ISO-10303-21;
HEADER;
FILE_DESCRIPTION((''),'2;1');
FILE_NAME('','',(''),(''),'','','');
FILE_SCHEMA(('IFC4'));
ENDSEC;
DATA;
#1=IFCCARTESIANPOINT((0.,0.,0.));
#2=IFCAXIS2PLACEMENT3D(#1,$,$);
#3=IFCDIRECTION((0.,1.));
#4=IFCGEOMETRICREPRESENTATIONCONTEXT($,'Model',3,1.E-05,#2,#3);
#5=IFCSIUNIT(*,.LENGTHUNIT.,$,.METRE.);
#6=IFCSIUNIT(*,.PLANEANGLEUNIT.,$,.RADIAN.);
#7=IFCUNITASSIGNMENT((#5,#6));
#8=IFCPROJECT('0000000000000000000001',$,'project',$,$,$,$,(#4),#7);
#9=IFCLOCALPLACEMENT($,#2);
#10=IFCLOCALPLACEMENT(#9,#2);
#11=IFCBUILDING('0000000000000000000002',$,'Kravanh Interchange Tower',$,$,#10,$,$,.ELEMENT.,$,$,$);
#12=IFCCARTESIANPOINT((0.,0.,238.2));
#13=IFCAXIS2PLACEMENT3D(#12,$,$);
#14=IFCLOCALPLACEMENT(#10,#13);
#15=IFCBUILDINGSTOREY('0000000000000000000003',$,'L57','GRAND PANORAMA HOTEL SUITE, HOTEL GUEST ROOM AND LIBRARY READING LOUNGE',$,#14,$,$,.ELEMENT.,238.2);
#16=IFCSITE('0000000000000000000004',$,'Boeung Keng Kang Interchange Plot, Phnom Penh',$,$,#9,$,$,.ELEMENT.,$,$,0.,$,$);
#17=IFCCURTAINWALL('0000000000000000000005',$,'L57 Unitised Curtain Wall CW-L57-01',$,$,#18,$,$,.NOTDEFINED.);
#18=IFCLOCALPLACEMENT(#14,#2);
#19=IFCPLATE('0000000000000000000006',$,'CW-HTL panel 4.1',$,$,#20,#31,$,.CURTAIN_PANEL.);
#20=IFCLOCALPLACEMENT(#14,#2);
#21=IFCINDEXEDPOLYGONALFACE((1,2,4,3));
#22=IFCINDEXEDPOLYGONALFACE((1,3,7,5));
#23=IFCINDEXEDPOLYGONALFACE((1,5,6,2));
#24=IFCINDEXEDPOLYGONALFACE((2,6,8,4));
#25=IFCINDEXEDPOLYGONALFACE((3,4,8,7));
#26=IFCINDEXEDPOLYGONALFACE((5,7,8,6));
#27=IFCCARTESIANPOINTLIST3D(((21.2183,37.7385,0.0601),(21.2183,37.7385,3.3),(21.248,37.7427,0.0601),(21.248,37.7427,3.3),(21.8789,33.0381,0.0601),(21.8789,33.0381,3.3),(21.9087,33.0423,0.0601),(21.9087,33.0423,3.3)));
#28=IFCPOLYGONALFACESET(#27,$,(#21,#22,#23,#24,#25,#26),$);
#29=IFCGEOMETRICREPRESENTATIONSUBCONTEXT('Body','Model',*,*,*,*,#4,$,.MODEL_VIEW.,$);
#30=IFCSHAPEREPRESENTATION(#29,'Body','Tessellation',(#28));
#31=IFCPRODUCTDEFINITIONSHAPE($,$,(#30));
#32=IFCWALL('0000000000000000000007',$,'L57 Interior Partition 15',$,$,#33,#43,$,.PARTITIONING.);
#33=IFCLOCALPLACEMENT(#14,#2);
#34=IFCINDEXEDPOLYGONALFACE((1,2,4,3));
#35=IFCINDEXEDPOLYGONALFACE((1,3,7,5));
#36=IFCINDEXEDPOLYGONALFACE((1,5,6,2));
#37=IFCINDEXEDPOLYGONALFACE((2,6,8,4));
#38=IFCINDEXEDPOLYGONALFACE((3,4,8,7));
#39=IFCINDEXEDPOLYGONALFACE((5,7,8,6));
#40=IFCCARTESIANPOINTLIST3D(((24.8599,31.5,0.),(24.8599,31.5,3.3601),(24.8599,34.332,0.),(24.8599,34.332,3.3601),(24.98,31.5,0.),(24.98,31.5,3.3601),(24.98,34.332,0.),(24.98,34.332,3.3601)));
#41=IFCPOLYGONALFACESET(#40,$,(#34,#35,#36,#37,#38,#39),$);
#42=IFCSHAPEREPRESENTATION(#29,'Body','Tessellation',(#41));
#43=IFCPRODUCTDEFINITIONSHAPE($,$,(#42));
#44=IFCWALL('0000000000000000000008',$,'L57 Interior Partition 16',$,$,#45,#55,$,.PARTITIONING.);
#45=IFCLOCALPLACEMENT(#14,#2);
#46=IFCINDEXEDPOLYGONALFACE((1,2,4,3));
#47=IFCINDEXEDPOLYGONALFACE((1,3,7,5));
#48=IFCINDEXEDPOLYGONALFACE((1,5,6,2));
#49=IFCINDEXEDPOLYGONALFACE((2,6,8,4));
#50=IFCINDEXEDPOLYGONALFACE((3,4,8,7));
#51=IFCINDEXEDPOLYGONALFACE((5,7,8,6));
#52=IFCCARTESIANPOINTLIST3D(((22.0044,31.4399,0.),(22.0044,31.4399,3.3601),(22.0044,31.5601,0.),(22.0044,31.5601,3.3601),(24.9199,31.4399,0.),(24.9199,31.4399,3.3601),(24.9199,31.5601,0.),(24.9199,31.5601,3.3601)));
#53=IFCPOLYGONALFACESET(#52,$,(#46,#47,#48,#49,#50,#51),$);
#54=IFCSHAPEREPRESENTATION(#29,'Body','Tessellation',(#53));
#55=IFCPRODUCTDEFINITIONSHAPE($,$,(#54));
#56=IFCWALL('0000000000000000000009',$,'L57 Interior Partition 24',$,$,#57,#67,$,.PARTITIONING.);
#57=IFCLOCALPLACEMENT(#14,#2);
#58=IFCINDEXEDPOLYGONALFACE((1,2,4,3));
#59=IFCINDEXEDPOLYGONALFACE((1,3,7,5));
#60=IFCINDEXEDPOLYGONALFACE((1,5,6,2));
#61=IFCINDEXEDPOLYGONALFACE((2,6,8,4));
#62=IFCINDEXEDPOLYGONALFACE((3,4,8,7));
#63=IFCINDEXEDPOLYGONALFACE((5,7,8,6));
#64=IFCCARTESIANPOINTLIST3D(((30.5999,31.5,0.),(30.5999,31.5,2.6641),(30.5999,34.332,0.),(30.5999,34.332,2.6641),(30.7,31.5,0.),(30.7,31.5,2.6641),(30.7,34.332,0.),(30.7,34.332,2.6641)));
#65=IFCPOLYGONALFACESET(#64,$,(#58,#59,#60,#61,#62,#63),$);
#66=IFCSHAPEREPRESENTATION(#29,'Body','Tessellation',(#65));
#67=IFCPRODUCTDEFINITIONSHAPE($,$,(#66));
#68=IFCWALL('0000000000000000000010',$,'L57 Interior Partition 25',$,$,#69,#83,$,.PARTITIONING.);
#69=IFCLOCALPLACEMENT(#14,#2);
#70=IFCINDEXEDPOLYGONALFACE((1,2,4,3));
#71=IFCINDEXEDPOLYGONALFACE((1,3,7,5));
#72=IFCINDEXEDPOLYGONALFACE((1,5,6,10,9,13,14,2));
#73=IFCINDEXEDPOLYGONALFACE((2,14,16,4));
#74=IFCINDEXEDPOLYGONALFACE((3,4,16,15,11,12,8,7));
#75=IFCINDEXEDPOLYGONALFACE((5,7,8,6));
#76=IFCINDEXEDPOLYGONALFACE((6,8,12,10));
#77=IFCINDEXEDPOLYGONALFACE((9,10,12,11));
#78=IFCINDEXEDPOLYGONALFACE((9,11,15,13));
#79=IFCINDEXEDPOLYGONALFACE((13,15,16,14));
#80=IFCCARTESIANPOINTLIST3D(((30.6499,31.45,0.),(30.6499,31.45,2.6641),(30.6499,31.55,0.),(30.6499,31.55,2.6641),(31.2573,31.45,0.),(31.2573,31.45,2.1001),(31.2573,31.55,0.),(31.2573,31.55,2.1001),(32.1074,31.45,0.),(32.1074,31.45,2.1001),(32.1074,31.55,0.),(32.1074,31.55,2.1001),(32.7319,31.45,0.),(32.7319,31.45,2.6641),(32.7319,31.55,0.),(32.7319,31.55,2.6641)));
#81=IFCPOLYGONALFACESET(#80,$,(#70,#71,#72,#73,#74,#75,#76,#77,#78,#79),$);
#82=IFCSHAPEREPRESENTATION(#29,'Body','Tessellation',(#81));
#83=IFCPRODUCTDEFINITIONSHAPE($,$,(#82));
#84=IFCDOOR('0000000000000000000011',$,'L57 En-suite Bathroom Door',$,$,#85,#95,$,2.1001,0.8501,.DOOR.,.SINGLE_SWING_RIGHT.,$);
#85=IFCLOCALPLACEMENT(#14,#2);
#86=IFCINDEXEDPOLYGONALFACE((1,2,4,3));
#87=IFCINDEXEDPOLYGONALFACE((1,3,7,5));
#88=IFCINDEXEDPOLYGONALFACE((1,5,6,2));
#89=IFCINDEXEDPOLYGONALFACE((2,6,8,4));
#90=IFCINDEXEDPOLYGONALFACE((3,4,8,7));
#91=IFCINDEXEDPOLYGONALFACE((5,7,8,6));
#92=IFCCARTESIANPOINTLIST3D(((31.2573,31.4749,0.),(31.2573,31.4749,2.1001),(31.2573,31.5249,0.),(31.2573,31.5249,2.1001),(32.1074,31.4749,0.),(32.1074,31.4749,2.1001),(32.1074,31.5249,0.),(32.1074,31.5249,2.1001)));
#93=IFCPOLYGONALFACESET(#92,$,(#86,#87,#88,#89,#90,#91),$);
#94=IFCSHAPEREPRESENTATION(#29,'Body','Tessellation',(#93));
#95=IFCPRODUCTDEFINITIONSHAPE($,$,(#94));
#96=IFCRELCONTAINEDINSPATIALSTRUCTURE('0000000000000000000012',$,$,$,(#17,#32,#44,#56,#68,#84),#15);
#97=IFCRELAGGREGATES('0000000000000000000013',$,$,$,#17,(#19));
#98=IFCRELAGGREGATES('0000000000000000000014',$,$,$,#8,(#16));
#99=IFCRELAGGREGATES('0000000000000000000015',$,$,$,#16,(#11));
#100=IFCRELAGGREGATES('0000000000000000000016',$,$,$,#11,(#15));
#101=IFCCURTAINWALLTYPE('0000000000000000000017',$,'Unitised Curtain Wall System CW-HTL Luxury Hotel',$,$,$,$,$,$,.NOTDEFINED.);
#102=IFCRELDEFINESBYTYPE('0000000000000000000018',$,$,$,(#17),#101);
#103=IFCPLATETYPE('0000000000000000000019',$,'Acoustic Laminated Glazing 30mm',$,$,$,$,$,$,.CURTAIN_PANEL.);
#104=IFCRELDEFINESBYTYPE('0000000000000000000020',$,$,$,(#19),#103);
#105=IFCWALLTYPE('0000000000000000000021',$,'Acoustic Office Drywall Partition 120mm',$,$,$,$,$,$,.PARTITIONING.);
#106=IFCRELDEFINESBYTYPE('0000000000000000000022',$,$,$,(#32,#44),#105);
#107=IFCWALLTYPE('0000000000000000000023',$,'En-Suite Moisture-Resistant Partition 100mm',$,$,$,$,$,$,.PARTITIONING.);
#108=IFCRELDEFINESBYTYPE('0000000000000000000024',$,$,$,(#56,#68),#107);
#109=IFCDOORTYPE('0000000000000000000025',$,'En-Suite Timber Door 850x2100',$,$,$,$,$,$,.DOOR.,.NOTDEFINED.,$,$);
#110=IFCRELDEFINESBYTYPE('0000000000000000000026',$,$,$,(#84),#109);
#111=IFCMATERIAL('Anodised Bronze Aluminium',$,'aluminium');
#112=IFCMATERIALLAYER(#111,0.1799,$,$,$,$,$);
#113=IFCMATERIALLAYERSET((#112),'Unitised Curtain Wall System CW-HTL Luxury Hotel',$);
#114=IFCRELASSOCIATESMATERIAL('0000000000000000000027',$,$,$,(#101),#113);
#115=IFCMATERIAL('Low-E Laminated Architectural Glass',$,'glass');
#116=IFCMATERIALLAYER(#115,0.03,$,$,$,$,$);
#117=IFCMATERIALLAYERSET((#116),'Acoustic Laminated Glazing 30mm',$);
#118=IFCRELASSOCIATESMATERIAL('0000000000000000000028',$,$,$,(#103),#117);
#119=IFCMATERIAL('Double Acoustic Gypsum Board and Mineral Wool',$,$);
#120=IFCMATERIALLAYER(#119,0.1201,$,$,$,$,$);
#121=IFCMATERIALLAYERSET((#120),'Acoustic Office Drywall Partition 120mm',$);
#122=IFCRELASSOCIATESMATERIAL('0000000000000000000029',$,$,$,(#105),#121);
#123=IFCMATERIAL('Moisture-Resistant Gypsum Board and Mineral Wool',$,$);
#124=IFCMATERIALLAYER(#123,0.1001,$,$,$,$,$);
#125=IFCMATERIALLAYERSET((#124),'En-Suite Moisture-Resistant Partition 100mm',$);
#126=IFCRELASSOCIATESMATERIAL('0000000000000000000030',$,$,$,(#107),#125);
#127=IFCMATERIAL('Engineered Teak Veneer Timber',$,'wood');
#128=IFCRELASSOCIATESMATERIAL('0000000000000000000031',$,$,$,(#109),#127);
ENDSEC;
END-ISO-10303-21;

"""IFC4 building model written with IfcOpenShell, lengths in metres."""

from ifc_helpers import new_model, si_unit, direction, frame, frame_2d, origin, origin_2d, place, context, subcontext, project, spatial, rectangle, extrude, material, layer, layer_set, type_object, element, fill, aggregate, save


model = new_model("IFC4")

# Units and contexts
model_context = context("Model", 3, precision=1e-05, world=origin(), true_north=direction((0.0, 1.0)))
body_context = subcontext(model_context, "Body", "Model", "MODEL_VIEW")
ifc_project = project(units=[si_unit("LENGTHUNIT", "METRE"), si_unit("PLANEANGLEUNIT", "RADIAN")], contexts=[model_context])

# Site, building, storey
site_placement = place(None, origin())
site = spatial("IfcSite", under=ifc_project, at=site_placement, Name="Boeung Keng Kang Interchange Plot, Phnom Penh", CompositionType="ELEMENT", RefElevation=0.0)
building_placement = place(site_placement, origin())
building = spatial("IfcBuilding", under=site, at=building_placement, Name="Kravanh Interchange Tower", CompositionType="ELEMENT")
storey_placement = place(building_placement, frame((0.0, 0.0, 238.2)))
storey = spatial("IfcBuildingStorey", under=building, at=storey_placement, Name="L57", Description="GRAND PANORAMA HOTEL SUITE, HOTEL GUEST ROOM AND LIBRARY READING LOUNGE", CompositionType="ELEMENT", Elevation=238.2)

# Curtain wall
ifc_material_1 = material(Name="Anodised Bronze Aluminium", Category="aluminium")
ifc_layer_1 = layer(ifc_material_1, 0.1799)
ifc_layer_set_1 = layer_set([ifc_layer_1], Name="Unitised Curtain Wall System CW-HTL Luxury Hotel")
curtain_wall_type = type_object("IfcCurtainWallType", Name="Unitised Curtain Wall System CW-HTL Luxury Hotel", PredefinedType="NOTDEFINED", material=ifc_layer_set_1)
curtain_wall_placement = place(storey_placement, origin())
curtain_wall = element("IfcCurtainWall", 1, at=curtain_wall_placement, inside=storey, type_object=curtain_wall_type, Name="L57 Unitised Curtain Wall CW-L57-01", PredefinedType="NOTDEFINED")

# Plate
ifc_material_2 = material(Name="Low-E Laminated Architectural Glass", Category="glass")
ifc_layer_2 = layer(ifc_material_2, 0.03)
ifc_layer_set_2 = layer_set([ifc_layer_2], Name="Acoustic Laminated Glazing 30mm")
plate_type = type_object("IfcPlateType", Name="Acoustic Laminated Glazing 30mm", PredefinedType="CURTAIN_PANEL", material=ifc_layer_set_2)
plate_placement = place(storey_placement, frame((21.5635, 35.3904, 0.0601), z_axis=(0.0, 0.0, 1.0), x_axis=(-0.139176, 0.990268, 0.0)))
plate = element("IfcPlate", 2, at=plate_placement, type_object=plate_type, Name="CW-HTL panel 4.1", PredefinedType="CURTAIN_PANEL", context=body_context, shape_type="SweptSolid", body=[
    extrude(rectangle(XDim=4.7466, YDim=0.03, at=origin_2d()), origin(), (0.0, 0.0, 1.0), 3.24),
])
aggregate(curtain_wall, [plate])

# Walls
ifc_material_3 = material(Name="Double Acoustic Gypsum Board and Mineral Wool")
ifc_layer_3 = layer(ifc_material_3, 0.1201)
ifc_layer_set_3 = layer_set([ifc_layer_3], Name="Acoustic Office Drywall Partition 120mm")
wall_type_1 = type_object("IfcWallType", Name="Acoustic Office Drywall Partition 120mm", PredefinedType="PARTITIONING", material=ifc_layer_set_3)
wall_1_placement = place(storey_placement, frame((24.9199, 31.5, 0.0), z_axis=(0.0, 0.0, 1.0), x_axis=(0.0, 1.0, 0.0)))
element("IfcWall", 3, at=wall_1_placement, inside=storey, type_object=wall_type_1, Name="L57 Interior Partition 15", PredefinedType="PARTITIONING", context=body_context, shape_type="SweptSolid", body=[
    extrude(rectangle(XDim=2.832, YDim=0.1201, at=frame_2d((1.416, 0.0))), origin(), (0.0, 0.0, 1.0), 3.3601),
])
wall_2_placement = place(storey_placement, frame((22.0044, 31.5, 0.0), z_axis=(0.0, 0.0, 1.0), x_axis=(1.0, 0.0, 0.0)))
element("IfcWall", 4, at=wall_2_placement, inside=storey, type_object=wall_type_1, Name="L57 Interior Partition 16", PredefinedType="PARTITIONING", context=body_context, shape_type="SweptSolid", body=[
    extrude(rectangle(XDim=2.9155, YDim=0.1201, at=frame_2d((1.4578, 0.0))), origin(), (0.0, 0.0, 1.0), 3.3601),
])
ifc_material_4 = material(Name="Moisture-Resistant Gypsum Board and Mineral Wool")
ifc_layer_4 = layer(ifc_material_4, 0.1001)
ifc_layer_set_4 = layer_set([ifc_layer_4], Name="En-Suite Moisture-Resistant Partition 100mm")
wall_type_2 = type_object("IfcWallType", Name="En-Suite Moisture-Resistant Partition 100mm", PredefinedType="PARTITIONING", material=ifc_layer_set_4)
wall_3_placement = place(storey_placement, frame((30.6499, 31.5, 0.0), z_axis=(0.0, 0.0, 1.0), x_axis=(0.0, 1.0, 0.0)))
element("IfcWall", 5, at=wall_3_placement, inside=storey, type_object=wall_type_2, Name="L57 Interior Partition 24", PredefinedType="PARTITIONING", context=body_context, shape_type="SweptSolid", body=[
    extrude(rectangle(XDim=2.832, YDim=0.1001, at=frame_2d((1.416, 0.0))), origin(), (0.0, 0.0, 1.0), 2.6641),
])

# Wall, opening, door
wall_4_placement = place(storey_placement, frame((30.6499, 31.5, 0.0), z_axis=(0.0, 0.0, 1.0), x_axis=(1.0, 0.0, 0.0)))
wall_4 = element("IfcWall", 6, at=wall_4_placement, inside=storey, type_object=wall_type_2, Name="L57 Interior Partition 25", PredefinedType="PARTITIONING", context=body_context, shape_type="SweptSolid", body=[
    extrude(rectangle(XDim=2.082, YDim=0.1001, at=frame_2d((1.041, 0.0))), origin(), (0.0, 0.0, 1.0), 2.6641),
])
opening_1_placement = place(wall_4_placement, frame((0.6074, 0.0, 0.0)))
opening_1 = element("IfcOpeningElement", 7, at=opening_1_placement, cuts=wall_4, PredefinedType="OPENING", context=body_context, shape_type="SweptSolid", body=[
    extrude(rectangle(XDim=0.8501, YDim=2.1001, at=frame_2d((0.425, 1.05))), frame((0.0, 0.0601, 0.0), z_axis=(0.0, -1.0, 0.0), x_axis=(1.0, 0.0, 0.0)), (0.0, 0.0, 1.0), 0.1201),
])
ifc_material_5 = material(Name="Engineered Teak Veneer Timber", Category="wood")
door_type_1 = type_object("IfcDoorType", Name="En-Suite Timber Door 850x2100", OperationType="NOTDEFINED", PredefinedType="DOOR", material=ifc_material_5)
door_1_placement = place(opening_1_placement, origin())
door_1 = element("IfcDoor", 8, at=door_1_placement, inside=storey, type_object=door_type_1, Name="L57 En-suite Bathroom Door", OperationType="SINGLE_SWING_RIGHT", OverallHeight=2.1001, OverallWidth=0.8501, PredefinedType="DOOR", context=body_context, shape_type="SweptSolid", body=[
    extrude(rectangle(XDim=0.8501, YDim=2.1001, at=frame_2d((0.425, 1.05))), frame((0.0, 0.0249, 0.0), z_axis=(0.0, -1.0, 0.0), x_axis=(1.0, 0.0, 0.0)), (0.0, 0.0, 1.0), 0.05),
])
fill(opening_1, door_1)

save(model, "model.ifc")
